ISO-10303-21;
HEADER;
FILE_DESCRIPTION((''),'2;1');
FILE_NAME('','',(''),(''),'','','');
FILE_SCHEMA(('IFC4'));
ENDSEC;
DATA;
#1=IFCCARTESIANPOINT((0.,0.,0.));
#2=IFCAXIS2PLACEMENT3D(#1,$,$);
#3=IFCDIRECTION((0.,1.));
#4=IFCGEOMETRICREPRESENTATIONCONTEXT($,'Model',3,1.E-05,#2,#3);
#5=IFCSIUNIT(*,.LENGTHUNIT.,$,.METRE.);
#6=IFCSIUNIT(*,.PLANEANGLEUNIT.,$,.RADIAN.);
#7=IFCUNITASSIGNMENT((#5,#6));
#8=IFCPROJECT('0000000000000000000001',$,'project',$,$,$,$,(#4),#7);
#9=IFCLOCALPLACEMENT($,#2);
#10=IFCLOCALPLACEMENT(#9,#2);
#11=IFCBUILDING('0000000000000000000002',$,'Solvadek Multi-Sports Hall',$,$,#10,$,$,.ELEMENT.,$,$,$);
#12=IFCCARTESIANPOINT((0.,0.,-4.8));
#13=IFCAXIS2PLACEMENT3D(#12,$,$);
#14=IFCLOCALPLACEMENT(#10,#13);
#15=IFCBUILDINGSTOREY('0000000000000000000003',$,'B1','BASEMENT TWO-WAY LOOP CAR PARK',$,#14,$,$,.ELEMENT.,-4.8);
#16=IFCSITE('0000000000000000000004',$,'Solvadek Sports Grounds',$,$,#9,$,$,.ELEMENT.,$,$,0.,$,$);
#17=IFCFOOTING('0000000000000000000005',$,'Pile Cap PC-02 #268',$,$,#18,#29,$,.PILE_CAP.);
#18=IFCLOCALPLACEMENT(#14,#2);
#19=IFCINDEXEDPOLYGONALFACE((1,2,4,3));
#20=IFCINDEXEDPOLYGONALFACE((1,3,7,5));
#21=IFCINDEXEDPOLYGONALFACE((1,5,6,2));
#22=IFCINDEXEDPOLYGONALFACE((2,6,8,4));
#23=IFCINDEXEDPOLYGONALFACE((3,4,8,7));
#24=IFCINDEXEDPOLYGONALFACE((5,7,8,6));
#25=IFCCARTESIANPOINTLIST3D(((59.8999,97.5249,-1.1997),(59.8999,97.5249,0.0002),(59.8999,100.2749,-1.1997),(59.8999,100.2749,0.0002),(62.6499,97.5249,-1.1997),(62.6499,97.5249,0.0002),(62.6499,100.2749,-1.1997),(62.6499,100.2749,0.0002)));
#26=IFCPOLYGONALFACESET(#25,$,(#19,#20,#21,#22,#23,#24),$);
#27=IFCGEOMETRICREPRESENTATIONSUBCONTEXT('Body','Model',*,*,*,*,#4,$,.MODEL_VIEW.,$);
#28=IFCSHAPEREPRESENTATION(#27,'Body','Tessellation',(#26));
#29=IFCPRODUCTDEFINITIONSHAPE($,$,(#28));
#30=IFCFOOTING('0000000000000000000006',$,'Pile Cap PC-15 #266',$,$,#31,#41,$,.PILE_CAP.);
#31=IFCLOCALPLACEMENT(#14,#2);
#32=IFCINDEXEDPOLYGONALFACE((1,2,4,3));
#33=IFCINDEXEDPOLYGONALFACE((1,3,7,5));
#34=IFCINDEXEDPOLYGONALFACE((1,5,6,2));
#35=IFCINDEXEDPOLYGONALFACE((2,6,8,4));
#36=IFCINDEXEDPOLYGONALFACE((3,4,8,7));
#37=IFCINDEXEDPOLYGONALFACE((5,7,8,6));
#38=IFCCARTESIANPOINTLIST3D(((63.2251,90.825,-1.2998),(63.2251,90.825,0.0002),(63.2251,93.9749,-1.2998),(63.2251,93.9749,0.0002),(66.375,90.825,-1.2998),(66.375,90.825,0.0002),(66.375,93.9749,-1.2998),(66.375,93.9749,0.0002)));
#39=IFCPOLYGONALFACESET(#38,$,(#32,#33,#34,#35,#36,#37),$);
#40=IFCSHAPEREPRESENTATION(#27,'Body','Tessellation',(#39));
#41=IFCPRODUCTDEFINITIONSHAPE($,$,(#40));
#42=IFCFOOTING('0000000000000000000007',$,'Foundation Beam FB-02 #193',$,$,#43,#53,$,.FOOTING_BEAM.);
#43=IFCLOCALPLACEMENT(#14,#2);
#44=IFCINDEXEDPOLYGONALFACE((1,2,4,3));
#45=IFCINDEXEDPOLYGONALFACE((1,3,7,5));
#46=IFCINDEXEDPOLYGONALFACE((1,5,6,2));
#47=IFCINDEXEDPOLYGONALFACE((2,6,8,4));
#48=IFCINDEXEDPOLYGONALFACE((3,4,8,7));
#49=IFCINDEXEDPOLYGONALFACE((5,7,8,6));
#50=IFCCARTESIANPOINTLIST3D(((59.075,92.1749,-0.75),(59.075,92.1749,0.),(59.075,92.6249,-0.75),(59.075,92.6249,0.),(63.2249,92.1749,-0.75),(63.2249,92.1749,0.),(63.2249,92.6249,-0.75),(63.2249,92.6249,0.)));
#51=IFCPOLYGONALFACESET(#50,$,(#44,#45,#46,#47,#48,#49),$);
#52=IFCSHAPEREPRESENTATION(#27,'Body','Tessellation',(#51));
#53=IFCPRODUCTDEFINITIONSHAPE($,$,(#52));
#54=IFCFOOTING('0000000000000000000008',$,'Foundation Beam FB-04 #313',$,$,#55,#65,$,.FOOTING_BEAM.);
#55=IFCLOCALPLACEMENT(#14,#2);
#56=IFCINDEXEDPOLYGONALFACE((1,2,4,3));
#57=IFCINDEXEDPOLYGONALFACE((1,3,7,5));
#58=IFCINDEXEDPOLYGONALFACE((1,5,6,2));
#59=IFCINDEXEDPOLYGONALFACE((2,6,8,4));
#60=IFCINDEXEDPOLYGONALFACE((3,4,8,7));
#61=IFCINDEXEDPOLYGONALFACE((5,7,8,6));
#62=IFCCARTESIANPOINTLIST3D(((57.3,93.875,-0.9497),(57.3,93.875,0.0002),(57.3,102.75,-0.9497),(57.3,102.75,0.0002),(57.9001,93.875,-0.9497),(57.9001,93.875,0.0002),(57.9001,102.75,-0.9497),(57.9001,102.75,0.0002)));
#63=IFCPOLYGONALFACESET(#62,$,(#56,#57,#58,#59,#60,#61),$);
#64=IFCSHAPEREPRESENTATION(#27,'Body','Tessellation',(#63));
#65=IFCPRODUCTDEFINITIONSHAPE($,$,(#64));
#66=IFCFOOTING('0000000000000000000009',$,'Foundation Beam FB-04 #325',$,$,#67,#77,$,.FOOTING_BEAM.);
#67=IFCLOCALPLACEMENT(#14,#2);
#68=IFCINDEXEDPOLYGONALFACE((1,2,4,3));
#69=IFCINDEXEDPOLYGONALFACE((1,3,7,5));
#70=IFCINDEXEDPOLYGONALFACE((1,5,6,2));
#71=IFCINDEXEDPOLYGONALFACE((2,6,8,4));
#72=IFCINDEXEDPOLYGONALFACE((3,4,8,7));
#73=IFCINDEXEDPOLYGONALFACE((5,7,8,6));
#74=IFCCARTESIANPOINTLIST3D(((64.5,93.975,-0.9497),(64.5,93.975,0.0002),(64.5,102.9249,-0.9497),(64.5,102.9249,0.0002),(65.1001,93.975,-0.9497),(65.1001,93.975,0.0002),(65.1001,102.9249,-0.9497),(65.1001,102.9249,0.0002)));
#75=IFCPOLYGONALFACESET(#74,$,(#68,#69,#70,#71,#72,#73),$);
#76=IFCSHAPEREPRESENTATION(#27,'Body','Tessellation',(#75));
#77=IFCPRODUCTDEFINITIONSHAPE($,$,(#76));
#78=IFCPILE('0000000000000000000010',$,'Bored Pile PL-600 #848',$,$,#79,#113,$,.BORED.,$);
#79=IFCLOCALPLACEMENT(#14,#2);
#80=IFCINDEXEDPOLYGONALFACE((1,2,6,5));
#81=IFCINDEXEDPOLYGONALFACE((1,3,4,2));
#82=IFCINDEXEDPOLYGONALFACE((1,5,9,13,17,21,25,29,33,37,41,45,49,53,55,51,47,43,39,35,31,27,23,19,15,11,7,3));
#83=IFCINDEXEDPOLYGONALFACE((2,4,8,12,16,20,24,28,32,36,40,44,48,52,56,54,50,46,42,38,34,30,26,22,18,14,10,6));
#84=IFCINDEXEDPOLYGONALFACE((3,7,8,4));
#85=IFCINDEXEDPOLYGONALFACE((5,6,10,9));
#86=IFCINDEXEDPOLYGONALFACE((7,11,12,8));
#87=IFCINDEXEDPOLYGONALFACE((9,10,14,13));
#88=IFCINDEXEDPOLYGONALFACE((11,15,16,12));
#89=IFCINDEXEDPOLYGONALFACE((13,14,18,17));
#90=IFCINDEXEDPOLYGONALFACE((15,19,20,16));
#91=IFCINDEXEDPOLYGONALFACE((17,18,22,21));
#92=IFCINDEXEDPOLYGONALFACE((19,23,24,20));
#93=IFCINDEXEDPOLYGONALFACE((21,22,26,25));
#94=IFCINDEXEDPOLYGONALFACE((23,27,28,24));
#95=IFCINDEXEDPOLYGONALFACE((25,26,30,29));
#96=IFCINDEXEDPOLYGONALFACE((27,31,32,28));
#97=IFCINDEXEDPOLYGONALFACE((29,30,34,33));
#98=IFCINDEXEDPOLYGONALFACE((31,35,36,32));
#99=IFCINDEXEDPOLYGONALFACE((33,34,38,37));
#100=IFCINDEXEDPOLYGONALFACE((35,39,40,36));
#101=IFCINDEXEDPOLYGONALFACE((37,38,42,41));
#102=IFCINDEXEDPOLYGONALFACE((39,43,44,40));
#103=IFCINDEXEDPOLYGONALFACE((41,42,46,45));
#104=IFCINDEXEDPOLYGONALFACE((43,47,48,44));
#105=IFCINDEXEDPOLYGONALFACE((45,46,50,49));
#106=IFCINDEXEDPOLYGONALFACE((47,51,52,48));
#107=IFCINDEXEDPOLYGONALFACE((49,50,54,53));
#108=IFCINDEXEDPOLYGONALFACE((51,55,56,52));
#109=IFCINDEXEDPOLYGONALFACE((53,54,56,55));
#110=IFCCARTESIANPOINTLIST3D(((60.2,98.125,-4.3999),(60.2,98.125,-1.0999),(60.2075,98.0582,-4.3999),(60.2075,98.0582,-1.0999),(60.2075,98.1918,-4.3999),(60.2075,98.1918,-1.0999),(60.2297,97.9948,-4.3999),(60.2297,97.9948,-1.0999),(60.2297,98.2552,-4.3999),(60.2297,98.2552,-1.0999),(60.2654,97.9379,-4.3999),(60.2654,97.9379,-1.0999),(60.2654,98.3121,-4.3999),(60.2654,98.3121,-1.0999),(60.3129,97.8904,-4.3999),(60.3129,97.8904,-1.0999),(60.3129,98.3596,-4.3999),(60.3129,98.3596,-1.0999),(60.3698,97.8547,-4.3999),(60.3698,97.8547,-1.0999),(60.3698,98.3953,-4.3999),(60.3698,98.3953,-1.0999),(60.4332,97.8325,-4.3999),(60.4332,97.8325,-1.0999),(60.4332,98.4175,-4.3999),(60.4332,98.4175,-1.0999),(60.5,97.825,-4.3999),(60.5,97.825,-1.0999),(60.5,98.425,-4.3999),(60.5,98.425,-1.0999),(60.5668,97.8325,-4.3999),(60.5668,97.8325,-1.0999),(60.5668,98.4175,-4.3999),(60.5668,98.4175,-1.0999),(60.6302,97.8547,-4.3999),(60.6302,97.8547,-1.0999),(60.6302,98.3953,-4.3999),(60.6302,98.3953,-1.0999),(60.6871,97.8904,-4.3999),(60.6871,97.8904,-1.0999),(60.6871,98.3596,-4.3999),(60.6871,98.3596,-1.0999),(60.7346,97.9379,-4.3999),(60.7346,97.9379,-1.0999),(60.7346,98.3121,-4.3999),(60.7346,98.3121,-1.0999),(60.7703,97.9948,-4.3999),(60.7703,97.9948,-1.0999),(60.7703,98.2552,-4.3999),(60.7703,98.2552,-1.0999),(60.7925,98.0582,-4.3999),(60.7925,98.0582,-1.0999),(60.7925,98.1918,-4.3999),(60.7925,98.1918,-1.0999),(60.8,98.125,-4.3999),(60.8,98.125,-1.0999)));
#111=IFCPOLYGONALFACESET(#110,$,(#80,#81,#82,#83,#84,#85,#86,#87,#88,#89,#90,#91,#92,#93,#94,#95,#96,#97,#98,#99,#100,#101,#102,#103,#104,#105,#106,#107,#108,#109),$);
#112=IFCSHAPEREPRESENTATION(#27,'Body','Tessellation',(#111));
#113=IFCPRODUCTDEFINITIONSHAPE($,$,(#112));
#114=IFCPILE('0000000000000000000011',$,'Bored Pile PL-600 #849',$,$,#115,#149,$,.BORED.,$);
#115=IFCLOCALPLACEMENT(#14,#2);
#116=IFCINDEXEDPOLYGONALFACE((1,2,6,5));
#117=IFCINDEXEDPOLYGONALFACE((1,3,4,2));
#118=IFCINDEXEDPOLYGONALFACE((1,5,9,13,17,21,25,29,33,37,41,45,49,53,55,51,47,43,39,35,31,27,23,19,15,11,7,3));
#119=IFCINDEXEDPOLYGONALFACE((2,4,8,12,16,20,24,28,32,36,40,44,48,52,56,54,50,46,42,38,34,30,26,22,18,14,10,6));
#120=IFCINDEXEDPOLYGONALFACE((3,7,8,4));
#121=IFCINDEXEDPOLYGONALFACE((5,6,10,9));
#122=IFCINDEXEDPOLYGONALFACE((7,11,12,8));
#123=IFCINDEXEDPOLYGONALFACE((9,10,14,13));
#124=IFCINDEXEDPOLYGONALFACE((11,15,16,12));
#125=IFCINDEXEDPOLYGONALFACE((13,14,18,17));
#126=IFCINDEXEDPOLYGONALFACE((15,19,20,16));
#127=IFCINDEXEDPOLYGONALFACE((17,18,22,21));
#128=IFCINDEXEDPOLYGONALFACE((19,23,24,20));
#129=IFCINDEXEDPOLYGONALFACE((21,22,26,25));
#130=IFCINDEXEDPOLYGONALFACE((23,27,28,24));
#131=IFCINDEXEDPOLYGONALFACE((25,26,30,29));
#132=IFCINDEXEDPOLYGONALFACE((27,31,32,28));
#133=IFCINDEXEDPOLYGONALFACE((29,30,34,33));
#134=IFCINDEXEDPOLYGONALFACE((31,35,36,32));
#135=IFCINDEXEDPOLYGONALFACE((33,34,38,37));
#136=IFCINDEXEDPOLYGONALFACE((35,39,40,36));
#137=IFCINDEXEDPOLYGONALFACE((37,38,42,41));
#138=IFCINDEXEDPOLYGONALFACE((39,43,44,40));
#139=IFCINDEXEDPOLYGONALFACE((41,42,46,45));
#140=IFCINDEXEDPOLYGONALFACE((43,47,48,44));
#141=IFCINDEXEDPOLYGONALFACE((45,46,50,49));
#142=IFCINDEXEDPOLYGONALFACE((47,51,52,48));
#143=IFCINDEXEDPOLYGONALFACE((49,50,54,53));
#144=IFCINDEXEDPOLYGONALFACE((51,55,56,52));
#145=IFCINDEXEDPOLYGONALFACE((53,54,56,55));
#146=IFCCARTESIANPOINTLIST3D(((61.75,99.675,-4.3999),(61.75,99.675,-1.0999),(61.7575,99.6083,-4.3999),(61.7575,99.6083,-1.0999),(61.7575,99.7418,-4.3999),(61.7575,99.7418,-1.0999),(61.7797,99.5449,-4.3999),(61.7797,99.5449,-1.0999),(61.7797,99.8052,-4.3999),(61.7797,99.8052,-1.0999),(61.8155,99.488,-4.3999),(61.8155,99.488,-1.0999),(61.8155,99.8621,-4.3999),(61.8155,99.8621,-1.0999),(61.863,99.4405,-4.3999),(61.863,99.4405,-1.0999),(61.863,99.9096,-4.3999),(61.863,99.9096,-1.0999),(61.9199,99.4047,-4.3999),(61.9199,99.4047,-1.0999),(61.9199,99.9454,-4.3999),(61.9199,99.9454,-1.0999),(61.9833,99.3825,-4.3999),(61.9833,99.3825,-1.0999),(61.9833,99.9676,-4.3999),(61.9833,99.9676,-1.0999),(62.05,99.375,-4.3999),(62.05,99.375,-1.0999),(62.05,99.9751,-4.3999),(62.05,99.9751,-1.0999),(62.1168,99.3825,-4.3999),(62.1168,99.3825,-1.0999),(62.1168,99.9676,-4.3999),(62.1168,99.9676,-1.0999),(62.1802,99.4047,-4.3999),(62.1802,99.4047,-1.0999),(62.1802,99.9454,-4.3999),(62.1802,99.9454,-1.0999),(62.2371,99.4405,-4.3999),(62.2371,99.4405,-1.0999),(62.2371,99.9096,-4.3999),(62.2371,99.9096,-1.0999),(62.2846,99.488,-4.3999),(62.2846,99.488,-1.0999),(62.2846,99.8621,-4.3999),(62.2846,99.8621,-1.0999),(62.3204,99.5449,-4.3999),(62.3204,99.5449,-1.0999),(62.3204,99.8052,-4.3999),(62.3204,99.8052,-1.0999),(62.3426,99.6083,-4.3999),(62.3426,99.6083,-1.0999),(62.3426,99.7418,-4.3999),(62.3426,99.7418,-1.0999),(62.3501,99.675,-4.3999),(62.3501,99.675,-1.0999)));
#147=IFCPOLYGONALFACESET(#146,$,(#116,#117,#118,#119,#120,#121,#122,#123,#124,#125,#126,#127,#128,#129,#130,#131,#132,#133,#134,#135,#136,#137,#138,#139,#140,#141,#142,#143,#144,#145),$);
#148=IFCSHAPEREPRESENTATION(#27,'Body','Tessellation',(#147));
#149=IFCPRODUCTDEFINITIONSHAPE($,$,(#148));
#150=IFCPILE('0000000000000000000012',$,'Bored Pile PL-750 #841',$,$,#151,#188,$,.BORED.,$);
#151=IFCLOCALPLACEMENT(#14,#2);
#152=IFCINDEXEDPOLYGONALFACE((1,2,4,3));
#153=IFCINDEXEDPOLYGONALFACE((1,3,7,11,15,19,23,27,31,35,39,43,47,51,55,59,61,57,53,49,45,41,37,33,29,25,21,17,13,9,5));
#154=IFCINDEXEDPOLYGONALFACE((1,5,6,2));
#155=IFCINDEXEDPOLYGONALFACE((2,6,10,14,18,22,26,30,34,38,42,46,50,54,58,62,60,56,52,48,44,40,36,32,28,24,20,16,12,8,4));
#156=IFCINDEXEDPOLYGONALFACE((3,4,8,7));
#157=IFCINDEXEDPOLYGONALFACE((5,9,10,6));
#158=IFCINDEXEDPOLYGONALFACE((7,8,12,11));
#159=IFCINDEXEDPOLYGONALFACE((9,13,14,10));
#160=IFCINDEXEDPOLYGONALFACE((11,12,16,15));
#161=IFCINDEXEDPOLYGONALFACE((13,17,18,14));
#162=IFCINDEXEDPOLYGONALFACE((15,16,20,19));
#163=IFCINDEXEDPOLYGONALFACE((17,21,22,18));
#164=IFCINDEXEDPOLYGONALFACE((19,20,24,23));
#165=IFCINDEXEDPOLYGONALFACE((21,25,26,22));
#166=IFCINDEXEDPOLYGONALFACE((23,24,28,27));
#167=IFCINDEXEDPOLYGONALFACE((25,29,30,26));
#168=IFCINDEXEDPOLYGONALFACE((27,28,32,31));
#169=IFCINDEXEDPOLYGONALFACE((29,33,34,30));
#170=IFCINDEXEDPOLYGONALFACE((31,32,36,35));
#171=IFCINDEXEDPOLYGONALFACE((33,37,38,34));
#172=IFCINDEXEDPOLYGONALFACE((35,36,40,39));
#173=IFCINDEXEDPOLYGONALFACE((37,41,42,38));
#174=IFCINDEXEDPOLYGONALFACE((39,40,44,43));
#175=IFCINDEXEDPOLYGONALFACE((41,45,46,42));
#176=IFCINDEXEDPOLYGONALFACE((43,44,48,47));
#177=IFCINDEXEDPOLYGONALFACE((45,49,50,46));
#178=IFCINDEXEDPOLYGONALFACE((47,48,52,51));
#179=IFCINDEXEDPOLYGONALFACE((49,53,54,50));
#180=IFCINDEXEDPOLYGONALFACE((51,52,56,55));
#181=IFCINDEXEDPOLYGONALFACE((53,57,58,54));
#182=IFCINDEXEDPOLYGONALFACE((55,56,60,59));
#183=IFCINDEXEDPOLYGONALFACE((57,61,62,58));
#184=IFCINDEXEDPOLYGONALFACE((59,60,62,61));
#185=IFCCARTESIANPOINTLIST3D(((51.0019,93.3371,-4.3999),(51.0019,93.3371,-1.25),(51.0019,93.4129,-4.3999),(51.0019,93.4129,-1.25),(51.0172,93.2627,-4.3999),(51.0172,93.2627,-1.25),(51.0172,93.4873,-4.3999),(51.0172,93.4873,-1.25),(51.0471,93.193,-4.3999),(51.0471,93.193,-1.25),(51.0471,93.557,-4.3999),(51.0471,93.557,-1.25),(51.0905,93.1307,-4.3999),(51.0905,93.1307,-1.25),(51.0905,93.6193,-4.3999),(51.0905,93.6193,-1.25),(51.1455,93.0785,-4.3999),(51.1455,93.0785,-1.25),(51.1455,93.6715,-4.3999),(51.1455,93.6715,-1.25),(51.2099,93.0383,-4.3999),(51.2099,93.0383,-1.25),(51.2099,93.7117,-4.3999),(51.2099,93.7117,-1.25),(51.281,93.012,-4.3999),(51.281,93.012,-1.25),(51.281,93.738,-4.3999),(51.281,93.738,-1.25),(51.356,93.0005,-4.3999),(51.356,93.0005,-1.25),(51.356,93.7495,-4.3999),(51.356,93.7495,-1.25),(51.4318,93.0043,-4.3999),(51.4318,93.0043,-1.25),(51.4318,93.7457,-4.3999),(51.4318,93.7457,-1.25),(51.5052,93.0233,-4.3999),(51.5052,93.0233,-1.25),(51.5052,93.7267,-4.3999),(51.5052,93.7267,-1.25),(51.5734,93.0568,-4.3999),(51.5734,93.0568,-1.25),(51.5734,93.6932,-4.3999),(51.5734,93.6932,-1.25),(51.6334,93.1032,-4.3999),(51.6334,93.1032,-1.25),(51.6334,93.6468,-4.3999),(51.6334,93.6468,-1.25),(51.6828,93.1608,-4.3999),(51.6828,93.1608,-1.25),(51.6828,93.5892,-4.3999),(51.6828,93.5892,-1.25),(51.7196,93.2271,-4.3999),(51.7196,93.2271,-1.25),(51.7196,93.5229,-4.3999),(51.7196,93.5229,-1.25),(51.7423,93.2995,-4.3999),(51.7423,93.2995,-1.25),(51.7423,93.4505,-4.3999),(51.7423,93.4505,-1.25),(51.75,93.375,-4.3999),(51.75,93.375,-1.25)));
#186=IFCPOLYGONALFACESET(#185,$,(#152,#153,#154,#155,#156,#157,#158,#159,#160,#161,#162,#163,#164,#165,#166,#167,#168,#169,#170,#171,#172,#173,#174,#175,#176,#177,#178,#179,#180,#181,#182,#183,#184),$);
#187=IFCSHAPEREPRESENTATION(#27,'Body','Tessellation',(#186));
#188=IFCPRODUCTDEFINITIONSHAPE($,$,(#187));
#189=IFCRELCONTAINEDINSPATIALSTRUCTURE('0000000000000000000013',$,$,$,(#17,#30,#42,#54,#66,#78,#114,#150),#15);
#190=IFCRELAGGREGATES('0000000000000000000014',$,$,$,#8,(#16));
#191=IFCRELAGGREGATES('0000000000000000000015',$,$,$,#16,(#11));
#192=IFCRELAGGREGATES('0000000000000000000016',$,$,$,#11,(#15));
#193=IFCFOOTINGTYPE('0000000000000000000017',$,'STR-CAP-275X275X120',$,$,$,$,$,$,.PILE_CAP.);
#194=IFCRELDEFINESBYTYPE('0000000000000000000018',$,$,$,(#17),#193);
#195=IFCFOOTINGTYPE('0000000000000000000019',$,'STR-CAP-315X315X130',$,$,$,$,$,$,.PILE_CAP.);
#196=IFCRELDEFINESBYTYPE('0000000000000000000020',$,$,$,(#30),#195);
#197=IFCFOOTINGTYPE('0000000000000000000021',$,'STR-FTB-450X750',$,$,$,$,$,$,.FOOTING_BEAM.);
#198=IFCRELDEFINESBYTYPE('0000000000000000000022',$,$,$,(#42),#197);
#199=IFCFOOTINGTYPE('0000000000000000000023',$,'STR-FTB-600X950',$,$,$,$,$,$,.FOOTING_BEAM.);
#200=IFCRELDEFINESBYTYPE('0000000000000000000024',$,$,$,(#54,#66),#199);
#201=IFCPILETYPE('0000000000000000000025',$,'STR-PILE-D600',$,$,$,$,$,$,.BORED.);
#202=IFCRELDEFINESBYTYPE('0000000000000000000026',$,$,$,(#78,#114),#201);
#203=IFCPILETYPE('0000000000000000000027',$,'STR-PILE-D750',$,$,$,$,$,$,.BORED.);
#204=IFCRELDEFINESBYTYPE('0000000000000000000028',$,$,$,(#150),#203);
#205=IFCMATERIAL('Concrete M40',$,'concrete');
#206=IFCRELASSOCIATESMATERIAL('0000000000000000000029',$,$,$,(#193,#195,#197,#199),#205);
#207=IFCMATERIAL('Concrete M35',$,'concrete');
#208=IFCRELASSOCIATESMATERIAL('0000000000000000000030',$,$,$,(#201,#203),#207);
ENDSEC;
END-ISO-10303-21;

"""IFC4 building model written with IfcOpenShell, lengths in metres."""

from ifc_helpers import new_model, si_unit, direction, frame, origin, origin_2d, place, context, subcontext, project, spatial, rectangle, circle, extrude, material, material_profile, profile_set, type_object, element, save


model = new_model("IFC4")

# Units and contexts
model_context = context("Model", 3, precision=1e-05, world=origin(), true_north=direction((0.0, 1.0)))
body_context = subcontext(model_context, "Body", "Model", "MODEL_VIEW")
ifc_project = project(units=[si_unit("LENGTHUNIT", "METRE"), si_unit("PLANEANGLEUNIT", "RADIAN")], contexts=[model_context])

# Site, building, storey
site_placement = place(None, origin())
site = spatial("IfcSite", under=ifc_project, at=site_placement, Name="Solvadek Sports Grounds", CompositionType="ELEMENT", RefElevation=0.0)
building_placement = place(site_placement, origin())
building = spatial("IfcBuilding", under=site, at=building_placement, Name="Solvadek Multi-Sports Hall", CompositionType="ELEMENT")
storey_placement = place(building_placement, frame((0.0, 0.0, -4.8)))
storey = spatial("IfcBuildingStorey", under=building, at=storey_placement, Name="B1", Description="BASEMENT TWO-WAY LOOP CAR PARK", CompositionType="ELEMENT", Elevation=-4.8)

# Footings
ifc_material_1 = material(Name="Concrete M40", Category="concrete")
footing_type_1 = type_object("IfcFootingType", Name="STR-CAP-275X275X120", PredefinedType="PILE_CAP", material=ifc_material_1)
footing_1_placement = place(storey_placement, frame((61.2749, 98.8999, -1.1997), z_axis=(0.0, 0.0, 1.0), x_axis=(1.0, 0.0, 0.0)))
element("IfcFooting", 1, at=footing_1_placement, inside=storey, type_object=footing_type_1, Name="Pile Cap PC-02 #268", PredefinedType="PILE_CAP", context=body_context, shape_type="SweptSolid", body=[
    extrude(rectangle(XDim=2.75, YDim=2.75, at=origin_2d()), origin(), (0.0, 0.0, 1.0), 1.2),
])
footing_type_2 = type_object("IfcFootingType", Name="STR-CAP-315X315X130", PredefinedType="PILE_CAP", material=ifc_material_1)
footing_2_placement = place(storey_placement, frame((64.8, 92.3999, -1.2998), z_axis=(0.0, 0.0, 1.0), x_axis=(1.0, 0.0, 0.0)))
element("IfcFooting", 2, at=footing_2_placement, inside=storey, type_object=footing_type_2, Name="Pile Cap PC-15 #266", PredefinedType="PILE_CAP", context=body_context, shape_type="SweptSolid", body=[
    extrude(rectangle(XDim=3.1499, YDim=3.1499, at=origin_2d()), origin(), (0.0, 0.0, 1.0), 1.3),
])
footing_type_3 = type_object("IfcFootingType", Name="STR-FTB-450X750", PredefinedType="FOOTING_BEAM", material=ifc_material_1)
footing_3_placement = place(storey_placement, frame((61.1499, 92.3999, -0.75), z_axis=(0.0, 0.0, 1.0), x_axis=(1.0, 0.0, 0.0)))
element("IfcFooting", 3, at=footing_3_placement, inside=storey, type_object=footing_type_3, Name="Foundation Beam FB-02 #193", PredefinedType="FOOTING_BEAM", context=body_context, shape_type="SweptSolid", body=[
    extrude(rectangle(XDim=4.1499, YDim=0.45, at=origin_2d()), origin(), (0.0, 0.0, 1.0), 0.75),
])
footing_type_4 = type_object("IfcFootingType", Name="STR-FTB-600X950", PredefinedType="FOOTING_BEAM", material=ifc_material_1)
footing_4_placement = place(storey_placement, frame((57.6001, 98.3125, -0.9497), z_axis=(0.0, 0.0, 1.0), x_axis=(0.0, 1.0, 0.0)))
element("IfcFooting", 4, at=footing_4_placement, inside=storey, type_object=footing_type_4, Name="Foundation Beam FB-04 #313", PredefinedType="FOOTING_BEAM", context=body_context, shape_type="SweptSolid", body=[
    extrude(rectangle(XDim=8.875, YDim=0.6001, at=origin_2d()), origin(), (0.0, 0.0, 1.0), 0.95),
])
footing_5_placement = place(storey_placement, frame((64.8, 98.45, -0.9497), z_axis=(0.0, 0.0, 1.0), x_axis=(0.0, 1.0, 0.0)))
element("IfcFooting", 5, at=footing_5_placement, inside=storey, type_object=footing_type_4, Name="Foundation Beam FB-04 #325", PredefinedType="FOOTING_BEAM", context=body_context, shape_type="SweptSolid", body=[
    extrude(rectangle(XDim=8.95, YDim=0.6001, at=origin_2d()), origin(), (0.0, 0.0, 1.0), 0.95),
])

# Piles
ifc_material_2 = material(Name="Concrete M35", Category="concrete")
ifc_material_profile_1 = material_profile(ifc_material_2, circle(Radius=0.3, at=origin_2d()), Name="BORED PILE D600")
ifc_profile_set_1 = profile_set([ifc_material_profile_1], Name="Concrete M35")
pile_type_1 = type_object("IfcPileType", Name="STR-PILE-D600", PredefinedType="BORED", material=ifc_profile_set_1)
for number, where, z_axis, x_axis, name in (
    (6, (60.5, 98.125, -1.0999), (0.0, 0.0, -1.0), (1.0, 0.0, 0.0), "Bored Pile PL-600 #848"),
    (7, (62.05, 99.675, -1.0999), (0.0, 0.0, -1.0), (1.0, 0.0, 0.0), "Bored Pile PL-600 #849"),
):
    element("IfcPile", number, at=place(storey_placement, frame(where, z_axis=z_axis, x_axis=x_axis)), inside=storey, type_object=pile_type_1, Name=name, PredefinedType="BORED", context=body_context, shape_type="SweptSolid", body=[
        extrude(circle(Radius=0.3, at=origin_2d()), origin(), (0.0, 0.0, 1.0), 3.3),
    ])
ifc_material_profile_2 = material_profile(ifc_material_2, circle(Radius=0.375, at=origin_2d()), Name="BORED PILE D750")
ifc_profile_set_2 = profile_set([ifc_material_profile_2], Name="Concrete M35")
pile_type_2 = type_object("IfcPileType", Name="STR-PILE-D750", PredefinedType="BORED", material=ifc_profile_set_2)
pile_1_placement = place(storey_placement, frame((51.375, 93.375, -1.25), z_axis=(0.0, 0.0, -1.0), x_axis=(1.0, 0.0, 0.0)))
element("IfcPile", 8, at=pile_1_placement, inside=storey, type_object=pile_type_2, Name="Bored Pile PL-750 #841", PredefinedType="BORED", context=body_context, shape_type="SweptSolid", body=[
    extrude(circle(Radius=0.375, at=origin_2d()), origin(), (0.0, 0.0, 1.0), 3.1499),
])

save(model, "model.ifc")
